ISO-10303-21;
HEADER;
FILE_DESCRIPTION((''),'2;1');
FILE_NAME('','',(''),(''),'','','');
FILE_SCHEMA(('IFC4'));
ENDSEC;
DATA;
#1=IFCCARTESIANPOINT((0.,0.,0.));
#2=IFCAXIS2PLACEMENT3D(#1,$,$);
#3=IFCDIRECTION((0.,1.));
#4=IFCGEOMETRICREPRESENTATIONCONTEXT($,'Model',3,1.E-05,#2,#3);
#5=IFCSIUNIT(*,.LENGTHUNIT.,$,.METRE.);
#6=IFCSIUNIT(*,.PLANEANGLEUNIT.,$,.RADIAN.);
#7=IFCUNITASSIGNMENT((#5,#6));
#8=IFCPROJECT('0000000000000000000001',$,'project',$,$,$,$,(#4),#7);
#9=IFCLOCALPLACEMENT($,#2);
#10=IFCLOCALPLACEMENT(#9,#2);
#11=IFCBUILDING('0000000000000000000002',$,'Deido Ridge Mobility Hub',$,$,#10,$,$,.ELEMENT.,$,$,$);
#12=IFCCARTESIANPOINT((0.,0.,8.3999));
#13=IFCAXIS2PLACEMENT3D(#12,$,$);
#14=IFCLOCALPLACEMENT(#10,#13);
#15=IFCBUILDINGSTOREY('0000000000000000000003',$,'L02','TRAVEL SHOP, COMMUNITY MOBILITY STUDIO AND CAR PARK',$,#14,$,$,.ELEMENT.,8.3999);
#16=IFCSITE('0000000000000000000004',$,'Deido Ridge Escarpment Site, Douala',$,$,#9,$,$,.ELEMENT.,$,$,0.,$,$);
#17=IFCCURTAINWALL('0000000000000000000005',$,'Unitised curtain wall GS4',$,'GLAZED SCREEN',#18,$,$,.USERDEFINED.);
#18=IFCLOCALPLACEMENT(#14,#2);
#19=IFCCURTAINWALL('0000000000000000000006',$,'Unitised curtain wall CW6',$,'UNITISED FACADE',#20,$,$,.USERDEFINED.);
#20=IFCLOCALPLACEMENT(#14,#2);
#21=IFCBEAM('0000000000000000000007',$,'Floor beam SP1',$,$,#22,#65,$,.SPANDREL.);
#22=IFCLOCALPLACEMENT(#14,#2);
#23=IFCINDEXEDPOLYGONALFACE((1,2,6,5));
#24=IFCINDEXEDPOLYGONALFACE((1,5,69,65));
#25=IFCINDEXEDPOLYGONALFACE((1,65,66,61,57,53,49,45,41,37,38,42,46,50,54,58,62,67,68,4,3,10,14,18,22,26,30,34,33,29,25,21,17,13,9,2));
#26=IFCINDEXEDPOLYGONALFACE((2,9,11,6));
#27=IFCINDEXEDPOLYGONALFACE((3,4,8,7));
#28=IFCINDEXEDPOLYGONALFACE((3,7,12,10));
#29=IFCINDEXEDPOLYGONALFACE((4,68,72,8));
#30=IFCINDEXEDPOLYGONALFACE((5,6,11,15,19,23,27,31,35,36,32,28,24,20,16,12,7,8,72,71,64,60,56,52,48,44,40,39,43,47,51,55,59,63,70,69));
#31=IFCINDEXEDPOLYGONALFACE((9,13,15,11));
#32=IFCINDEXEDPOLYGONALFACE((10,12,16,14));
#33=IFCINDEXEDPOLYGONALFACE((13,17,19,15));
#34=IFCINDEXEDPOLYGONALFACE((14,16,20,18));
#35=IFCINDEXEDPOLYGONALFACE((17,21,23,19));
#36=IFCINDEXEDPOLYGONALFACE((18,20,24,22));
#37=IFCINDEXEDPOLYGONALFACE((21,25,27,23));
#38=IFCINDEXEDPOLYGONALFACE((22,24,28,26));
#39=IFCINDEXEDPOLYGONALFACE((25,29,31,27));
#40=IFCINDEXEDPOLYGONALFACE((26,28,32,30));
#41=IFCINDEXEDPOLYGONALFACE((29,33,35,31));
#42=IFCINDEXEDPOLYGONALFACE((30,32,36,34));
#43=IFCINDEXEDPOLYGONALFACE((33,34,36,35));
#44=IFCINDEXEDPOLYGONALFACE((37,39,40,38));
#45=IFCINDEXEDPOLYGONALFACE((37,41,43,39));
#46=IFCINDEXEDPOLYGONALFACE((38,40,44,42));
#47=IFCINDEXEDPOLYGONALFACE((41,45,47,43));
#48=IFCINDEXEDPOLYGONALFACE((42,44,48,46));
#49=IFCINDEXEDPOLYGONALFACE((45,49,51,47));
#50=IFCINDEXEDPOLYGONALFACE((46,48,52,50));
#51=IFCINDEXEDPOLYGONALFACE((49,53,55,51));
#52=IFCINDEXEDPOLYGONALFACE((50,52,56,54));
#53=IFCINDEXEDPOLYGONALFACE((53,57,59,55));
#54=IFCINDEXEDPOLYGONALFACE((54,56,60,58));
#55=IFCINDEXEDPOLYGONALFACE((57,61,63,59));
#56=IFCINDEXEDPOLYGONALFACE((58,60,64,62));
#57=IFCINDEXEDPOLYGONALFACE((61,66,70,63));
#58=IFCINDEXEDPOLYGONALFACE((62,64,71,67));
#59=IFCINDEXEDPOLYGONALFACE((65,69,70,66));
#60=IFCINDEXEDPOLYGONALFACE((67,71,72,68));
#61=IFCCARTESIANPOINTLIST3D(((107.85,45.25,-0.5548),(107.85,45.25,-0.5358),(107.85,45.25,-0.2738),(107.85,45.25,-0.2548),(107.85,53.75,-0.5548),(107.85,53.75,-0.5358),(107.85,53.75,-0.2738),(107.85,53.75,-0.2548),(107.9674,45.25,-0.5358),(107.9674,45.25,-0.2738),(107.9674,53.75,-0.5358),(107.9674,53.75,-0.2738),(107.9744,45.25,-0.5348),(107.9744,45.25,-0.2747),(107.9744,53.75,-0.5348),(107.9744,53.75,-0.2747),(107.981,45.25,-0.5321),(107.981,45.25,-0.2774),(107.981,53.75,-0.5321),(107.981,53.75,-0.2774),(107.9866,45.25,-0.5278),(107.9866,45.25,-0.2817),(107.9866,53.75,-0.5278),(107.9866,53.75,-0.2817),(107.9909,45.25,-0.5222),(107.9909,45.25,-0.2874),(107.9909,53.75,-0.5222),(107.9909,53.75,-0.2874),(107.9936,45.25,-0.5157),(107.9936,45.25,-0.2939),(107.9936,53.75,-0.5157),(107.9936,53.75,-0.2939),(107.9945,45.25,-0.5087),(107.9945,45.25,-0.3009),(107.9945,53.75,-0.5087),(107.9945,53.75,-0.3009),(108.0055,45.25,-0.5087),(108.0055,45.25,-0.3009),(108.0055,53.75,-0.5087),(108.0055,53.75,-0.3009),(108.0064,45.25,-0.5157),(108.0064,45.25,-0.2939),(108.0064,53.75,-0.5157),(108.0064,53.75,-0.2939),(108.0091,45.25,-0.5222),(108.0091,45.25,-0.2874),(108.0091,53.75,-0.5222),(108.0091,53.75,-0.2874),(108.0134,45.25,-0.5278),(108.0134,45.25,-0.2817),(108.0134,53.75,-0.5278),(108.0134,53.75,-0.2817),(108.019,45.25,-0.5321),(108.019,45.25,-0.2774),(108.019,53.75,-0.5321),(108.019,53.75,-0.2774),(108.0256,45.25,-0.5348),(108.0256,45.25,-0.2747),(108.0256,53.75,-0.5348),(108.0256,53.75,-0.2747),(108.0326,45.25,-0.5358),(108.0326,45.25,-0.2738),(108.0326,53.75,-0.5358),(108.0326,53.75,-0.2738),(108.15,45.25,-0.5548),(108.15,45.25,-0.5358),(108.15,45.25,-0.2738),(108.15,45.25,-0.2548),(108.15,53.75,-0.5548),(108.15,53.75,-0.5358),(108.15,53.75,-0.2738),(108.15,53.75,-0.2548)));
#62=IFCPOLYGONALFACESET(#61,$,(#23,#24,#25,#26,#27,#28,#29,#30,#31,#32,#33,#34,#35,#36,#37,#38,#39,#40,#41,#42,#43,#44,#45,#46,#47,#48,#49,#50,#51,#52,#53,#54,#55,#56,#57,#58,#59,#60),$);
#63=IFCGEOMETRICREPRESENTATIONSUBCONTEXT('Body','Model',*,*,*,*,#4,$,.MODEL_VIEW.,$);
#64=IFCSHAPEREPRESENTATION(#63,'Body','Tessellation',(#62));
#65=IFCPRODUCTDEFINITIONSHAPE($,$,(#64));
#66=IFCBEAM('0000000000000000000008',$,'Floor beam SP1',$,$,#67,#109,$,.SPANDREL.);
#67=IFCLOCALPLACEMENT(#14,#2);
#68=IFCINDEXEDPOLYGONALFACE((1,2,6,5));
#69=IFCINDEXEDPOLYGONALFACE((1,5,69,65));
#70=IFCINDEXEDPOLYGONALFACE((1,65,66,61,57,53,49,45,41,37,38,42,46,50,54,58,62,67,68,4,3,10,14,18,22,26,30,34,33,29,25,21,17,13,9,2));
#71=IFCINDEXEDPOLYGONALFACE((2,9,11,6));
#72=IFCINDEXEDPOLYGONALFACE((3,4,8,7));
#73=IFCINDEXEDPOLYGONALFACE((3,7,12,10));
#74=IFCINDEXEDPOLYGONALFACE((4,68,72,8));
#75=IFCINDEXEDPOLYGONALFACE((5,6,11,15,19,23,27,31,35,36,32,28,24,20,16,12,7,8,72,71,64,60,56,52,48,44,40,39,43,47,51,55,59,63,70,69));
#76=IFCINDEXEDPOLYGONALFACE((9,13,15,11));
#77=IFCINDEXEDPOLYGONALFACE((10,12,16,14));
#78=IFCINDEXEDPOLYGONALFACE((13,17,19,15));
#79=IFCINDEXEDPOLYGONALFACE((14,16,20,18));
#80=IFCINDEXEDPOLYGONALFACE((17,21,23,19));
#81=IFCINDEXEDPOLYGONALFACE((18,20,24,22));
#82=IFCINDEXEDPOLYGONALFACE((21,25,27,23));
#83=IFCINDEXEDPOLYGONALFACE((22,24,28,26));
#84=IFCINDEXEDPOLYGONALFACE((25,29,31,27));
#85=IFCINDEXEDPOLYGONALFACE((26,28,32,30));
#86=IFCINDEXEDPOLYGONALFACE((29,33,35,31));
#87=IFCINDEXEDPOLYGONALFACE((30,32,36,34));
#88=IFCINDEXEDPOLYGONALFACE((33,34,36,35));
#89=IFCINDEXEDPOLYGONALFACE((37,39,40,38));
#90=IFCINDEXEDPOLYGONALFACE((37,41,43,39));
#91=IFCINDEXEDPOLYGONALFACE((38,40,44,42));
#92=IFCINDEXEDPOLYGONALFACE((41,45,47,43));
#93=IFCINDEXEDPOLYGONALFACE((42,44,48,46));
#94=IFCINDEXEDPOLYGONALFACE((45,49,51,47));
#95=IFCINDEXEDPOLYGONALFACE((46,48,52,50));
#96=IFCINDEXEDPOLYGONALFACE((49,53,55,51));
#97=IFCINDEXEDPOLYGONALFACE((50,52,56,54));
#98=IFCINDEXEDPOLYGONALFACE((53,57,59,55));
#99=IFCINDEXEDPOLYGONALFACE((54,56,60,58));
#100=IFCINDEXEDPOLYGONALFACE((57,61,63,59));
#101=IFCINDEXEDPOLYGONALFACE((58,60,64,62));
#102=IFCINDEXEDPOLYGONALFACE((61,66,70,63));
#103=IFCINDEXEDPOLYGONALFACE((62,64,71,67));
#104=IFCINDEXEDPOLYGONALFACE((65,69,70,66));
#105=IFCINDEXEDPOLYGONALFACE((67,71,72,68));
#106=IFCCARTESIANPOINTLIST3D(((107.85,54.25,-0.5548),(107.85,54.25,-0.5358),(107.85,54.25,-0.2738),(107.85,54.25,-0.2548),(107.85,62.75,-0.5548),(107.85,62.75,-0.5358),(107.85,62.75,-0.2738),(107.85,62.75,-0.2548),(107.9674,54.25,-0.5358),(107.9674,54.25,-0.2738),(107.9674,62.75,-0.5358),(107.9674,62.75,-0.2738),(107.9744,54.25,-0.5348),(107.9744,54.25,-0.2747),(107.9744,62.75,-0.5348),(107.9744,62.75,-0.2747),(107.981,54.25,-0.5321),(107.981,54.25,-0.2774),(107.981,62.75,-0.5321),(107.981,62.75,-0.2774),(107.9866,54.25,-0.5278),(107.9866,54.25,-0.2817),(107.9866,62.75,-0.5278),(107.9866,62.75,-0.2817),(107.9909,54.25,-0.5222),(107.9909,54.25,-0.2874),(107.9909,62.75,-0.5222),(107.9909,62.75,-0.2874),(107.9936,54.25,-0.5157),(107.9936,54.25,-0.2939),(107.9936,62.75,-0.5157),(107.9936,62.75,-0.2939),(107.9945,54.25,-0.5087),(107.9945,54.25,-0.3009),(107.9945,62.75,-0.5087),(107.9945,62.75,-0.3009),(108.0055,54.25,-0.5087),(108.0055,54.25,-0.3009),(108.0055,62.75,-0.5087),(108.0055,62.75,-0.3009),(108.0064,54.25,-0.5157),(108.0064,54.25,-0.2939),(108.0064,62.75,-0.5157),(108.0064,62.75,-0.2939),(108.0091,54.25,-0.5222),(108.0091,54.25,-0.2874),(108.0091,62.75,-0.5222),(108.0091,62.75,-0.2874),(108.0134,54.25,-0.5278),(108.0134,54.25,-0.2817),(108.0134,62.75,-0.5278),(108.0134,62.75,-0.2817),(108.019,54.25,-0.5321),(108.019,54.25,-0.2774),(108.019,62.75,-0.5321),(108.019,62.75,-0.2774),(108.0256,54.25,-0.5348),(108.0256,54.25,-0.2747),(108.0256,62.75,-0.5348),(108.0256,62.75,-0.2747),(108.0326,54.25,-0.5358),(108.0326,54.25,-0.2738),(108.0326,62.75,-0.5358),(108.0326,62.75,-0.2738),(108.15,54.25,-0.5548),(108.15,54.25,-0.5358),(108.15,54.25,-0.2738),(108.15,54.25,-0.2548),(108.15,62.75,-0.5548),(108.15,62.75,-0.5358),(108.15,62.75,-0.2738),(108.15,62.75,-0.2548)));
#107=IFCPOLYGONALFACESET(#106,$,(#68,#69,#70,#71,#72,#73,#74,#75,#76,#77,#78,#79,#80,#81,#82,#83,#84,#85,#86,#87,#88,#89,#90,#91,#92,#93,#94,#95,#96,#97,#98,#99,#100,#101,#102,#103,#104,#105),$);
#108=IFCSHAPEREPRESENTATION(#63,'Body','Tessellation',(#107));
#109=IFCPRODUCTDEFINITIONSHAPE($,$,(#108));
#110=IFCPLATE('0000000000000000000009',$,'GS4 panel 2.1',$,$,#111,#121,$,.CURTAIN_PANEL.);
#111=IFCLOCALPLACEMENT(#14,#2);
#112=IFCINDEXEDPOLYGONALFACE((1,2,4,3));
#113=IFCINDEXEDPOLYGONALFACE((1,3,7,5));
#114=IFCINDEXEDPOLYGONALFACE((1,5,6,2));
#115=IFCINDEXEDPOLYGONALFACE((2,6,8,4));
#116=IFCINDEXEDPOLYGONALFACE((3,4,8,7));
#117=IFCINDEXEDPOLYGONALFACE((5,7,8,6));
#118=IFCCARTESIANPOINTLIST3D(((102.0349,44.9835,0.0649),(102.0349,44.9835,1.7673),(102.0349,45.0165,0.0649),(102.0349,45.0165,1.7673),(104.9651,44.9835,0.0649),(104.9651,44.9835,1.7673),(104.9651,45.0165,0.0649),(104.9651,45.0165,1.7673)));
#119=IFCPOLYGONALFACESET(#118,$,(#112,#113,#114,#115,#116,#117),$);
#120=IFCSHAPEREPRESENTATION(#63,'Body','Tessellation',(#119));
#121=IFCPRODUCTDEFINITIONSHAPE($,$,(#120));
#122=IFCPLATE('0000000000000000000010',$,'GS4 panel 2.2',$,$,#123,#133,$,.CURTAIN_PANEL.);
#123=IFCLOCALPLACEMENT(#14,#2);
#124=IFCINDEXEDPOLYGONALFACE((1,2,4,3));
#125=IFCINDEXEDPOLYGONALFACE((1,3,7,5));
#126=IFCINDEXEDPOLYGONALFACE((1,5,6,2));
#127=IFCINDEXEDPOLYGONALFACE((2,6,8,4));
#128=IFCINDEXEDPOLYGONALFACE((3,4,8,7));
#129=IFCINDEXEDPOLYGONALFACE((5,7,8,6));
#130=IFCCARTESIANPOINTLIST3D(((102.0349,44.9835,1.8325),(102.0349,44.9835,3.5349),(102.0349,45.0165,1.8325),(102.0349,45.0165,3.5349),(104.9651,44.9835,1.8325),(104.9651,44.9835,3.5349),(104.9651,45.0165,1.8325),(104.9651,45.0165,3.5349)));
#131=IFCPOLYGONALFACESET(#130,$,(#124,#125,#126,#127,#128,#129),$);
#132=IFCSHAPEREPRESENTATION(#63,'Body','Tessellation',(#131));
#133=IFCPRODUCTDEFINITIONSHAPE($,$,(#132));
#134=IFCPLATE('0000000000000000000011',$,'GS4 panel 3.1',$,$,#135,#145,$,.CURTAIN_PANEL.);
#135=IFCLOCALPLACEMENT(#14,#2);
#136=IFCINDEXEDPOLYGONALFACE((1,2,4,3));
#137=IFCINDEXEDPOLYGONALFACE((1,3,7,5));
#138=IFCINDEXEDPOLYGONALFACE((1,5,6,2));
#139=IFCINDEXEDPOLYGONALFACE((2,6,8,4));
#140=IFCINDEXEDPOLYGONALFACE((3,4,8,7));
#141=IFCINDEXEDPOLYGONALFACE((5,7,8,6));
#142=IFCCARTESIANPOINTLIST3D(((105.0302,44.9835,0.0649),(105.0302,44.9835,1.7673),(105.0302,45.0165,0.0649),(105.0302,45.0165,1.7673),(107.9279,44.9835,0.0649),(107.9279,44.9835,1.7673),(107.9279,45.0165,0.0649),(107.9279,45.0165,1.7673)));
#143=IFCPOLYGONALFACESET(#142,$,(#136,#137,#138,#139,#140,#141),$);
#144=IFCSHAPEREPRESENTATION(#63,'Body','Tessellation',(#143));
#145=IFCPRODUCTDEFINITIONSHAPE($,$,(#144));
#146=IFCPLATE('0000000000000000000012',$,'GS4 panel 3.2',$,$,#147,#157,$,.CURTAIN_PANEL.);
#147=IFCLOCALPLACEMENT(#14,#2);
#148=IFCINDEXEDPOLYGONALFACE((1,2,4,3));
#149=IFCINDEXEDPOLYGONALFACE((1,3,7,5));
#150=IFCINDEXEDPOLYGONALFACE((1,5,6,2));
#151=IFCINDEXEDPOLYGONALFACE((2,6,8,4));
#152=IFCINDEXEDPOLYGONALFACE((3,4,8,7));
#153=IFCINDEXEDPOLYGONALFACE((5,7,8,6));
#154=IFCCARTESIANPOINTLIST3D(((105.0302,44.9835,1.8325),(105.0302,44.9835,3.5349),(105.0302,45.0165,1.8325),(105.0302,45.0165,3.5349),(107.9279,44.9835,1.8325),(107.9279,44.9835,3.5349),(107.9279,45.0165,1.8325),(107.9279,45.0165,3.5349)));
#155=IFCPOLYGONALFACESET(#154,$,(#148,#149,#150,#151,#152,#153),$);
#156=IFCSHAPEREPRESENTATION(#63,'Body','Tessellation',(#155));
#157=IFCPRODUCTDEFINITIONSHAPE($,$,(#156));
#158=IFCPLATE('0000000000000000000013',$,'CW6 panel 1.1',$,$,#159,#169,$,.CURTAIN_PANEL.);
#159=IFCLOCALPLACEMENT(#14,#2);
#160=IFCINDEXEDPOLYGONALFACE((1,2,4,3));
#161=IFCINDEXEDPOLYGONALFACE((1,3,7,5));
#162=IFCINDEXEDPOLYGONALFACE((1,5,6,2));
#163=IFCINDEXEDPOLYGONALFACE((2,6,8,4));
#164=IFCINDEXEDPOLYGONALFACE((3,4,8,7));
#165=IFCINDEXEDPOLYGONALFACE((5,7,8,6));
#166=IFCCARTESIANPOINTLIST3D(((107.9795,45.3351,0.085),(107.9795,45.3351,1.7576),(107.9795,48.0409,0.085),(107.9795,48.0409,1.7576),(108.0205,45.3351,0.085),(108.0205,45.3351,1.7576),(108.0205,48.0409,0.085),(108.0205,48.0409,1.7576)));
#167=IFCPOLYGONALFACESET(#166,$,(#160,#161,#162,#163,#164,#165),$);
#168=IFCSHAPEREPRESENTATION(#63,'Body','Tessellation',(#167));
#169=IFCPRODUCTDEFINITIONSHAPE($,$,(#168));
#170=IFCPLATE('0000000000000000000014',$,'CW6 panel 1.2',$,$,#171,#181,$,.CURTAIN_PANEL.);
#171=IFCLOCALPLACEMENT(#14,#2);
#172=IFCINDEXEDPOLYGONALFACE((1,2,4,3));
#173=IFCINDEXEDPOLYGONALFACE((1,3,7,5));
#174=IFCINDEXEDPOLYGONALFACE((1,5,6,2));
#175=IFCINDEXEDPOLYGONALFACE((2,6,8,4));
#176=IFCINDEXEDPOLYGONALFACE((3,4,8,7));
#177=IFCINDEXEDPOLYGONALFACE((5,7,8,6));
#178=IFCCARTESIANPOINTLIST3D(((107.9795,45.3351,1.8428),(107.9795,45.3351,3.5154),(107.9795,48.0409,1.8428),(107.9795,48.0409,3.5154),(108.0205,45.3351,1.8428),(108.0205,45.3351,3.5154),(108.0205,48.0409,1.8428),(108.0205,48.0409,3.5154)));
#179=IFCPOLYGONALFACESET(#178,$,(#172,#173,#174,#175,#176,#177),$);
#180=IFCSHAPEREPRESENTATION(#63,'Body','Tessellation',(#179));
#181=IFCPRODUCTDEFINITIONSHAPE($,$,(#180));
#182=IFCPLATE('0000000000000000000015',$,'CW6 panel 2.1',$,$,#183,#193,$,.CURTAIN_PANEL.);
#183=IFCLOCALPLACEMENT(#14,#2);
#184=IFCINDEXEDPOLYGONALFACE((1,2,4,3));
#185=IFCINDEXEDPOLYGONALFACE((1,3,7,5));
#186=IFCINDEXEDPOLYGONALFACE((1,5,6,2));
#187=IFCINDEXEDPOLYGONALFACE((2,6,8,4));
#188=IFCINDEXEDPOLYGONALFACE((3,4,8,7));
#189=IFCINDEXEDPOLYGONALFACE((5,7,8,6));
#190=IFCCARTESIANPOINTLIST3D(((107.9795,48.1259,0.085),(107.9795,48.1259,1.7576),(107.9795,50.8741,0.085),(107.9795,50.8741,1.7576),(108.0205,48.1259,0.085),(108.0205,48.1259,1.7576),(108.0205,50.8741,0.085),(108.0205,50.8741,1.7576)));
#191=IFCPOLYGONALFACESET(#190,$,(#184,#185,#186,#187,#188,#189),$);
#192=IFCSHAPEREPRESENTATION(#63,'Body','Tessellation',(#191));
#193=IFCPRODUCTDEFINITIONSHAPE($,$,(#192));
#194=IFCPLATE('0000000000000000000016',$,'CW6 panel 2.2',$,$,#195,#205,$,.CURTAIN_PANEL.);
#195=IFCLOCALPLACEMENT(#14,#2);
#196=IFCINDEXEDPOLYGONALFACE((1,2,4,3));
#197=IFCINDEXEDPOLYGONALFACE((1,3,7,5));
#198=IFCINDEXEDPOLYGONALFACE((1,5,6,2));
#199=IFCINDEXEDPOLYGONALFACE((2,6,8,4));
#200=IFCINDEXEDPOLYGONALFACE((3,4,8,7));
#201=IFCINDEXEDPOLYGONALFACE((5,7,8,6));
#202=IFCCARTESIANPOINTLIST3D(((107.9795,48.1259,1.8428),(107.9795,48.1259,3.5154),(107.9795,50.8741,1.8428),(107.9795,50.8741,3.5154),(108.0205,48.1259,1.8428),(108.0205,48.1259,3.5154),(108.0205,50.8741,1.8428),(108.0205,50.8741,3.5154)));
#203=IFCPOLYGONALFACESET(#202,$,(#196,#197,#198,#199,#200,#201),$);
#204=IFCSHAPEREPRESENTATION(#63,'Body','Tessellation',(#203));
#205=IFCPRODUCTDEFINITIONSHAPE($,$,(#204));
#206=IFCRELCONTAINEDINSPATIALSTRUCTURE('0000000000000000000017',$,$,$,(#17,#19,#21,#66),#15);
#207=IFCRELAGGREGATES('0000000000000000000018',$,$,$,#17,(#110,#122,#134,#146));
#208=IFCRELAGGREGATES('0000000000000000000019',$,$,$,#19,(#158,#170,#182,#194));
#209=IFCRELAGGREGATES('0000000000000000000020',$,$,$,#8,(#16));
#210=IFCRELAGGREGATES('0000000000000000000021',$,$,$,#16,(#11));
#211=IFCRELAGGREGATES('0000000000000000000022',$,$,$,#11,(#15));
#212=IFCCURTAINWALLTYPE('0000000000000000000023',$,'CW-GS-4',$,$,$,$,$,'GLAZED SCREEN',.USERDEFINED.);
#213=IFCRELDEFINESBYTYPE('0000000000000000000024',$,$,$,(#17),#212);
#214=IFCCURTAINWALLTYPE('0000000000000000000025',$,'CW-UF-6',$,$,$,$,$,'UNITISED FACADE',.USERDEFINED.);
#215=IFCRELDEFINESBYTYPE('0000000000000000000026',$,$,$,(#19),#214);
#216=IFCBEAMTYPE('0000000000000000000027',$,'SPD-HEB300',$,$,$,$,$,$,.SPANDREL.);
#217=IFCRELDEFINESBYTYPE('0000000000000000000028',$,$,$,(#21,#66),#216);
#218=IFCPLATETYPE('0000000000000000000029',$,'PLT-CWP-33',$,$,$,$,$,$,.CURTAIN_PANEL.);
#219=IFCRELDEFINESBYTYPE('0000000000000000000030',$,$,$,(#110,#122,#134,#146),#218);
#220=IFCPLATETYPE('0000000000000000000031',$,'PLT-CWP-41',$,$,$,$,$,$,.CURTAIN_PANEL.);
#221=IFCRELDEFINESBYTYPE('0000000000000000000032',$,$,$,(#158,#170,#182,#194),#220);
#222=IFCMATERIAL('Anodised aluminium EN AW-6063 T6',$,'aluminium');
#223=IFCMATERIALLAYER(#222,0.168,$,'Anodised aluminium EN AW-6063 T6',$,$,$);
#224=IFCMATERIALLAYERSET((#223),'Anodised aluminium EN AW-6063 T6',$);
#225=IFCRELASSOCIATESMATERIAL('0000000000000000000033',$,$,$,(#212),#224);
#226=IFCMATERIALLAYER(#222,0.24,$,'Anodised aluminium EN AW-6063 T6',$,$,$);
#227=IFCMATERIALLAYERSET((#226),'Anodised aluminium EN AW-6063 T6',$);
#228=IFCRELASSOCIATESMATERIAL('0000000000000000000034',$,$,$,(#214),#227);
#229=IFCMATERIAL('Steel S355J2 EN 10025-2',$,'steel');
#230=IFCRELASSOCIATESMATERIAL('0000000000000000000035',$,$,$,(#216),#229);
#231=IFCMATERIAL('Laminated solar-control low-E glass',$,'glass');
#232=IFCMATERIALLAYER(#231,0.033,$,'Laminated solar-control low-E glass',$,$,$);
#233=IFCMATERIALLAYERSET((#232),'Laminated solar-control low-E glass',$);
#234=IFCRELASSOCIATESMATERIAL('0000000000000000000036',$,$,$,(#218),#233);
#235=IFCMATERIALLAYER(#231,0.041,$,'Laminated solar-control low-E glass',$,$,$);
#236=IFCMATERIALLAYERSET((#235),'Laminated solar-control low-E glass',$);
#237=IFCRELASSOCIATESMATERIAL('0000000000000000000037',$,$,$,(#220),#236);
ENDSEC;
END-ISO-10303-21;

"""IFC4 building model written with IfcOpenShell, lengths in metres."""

from ifc_helpers import new_model, si_unit, direction, frame, origin, origin_2d, place, context, subcontext, project, spatial, rectangle, i_section, extrude, material, layer, layer_set, material_profile, profile_set, type_object, element, aggregate, save


model = new_model("IFC4")

# Units and contexts
model_context = context("Model", 3, precision=1e-05, world=origin(), true_north=direction((0.0, 1.0)))
body_context = subcontext(model_context, "Body", "Model", "MODEL_VIEW")
ifc_project = project(units=[si_unit("LENGTHUNIT", "METRE"), si_unit("PLANEANGLEUNIT", "RADIAN")], contexts=[model_context])

# Site, building, storey
site_placement = place(None, origin())
site = spatial("IfcSite", under=ifc_project, at=site_placement, Name="Deido Ridge Escarpment Site, Douala", CompositionType="ELEMENT", RefElevation=0.0)
building_placement = place(site_placement, origin())
building = spatial("IfcBuilding", under=site, at=building_placement, Name="Deido Ridge Mobility Hub", CompositionType="ELEMENT")
storey_placement = place(building_placement, frame((0.0, 0.0, 8.3999)))
storey = spatial("IfcBuildingStorey", under=building, at=storey_placement, Name="L02", Description="TRAVEL SHOP, COMMUNITY MOBILITY STUDIO AND CAR PARK", CompositionType="ELEMENT", Elevation=8.3999)

# Shared definitions
ifc_material_1 = material(Name="Steel S355J2 EN 10025-2", Category="steel")

# Curtain walls
ifc_material_2 = material(Name="Anodised aluminium EN AW-6063 T6", Category="aluminium")
ifc_layer_1 = layer(ifc_material_2, 0.168, Name="Anodised aluminium EN AW-6063 T6")
ifc_layer_set_1 = layer_set([ifc_layer_1], Name="Anodised aluminium EN AW-6063 T6")
curtain_wall_type_1 = type_object("IfcCurtainWallType", Name="CW-GS-4", ElementType="GLAZED SCREEN", PredefinedType="USERDEFINED", material=ifc_layer_set_1)
curtain_wall_1_placement = place(storey_placement, origin())
curtain_wall_1 = element("IfcCurtainWall", 1, at=curtain_wall_1_placement, inside=storey, type_object=curtain_wall_type_1, Name="Unitised curtain wall GS4", ObjectType="GLAZED SCREEN", PredefinedType="USERDEFINED")
ifc_layer_2 = layer(ifc_material_2, 0.24, Name="Anodised aluminium EN AW-6063 T6")
ifc_layer_set_2 = layer_set([ifc_layer_2], Name="Anodised aluminium EN AW-6063 T6")
curtain_wall_type_2 = type_object("IfcCurtainWallType", Name="CW-UF-6", ElementType="UNITISED FACADE", PredefinedType="USERDEFINED", material=ifc_layer_set_2)
curtain_wall_2_placement = place(storey_placement, origin())
curtain_wall_2 = element("IfcCurtainWall", 2, at=curtain_wall_2_placement, inside=storey, type_object=curtain_wall_type_2, Name="Unitised curtain wall CW6", ObjectType="UNITISED FACADE", PredefinedType="USERDEFINED")

# Beams
ifc_material_profile_1 = material_profile(ifc_material_1, i_section(OverallWidth=0.3, OverallDepth=0.3, WebThickness=0.011, FlangeThickness=0.019, FilletRadius=0.0271, at=origin_2d()), Name="HEB 300")
ifc_profile_set_1 = profile_set([ifc_material_profile_1], Name="Steel S355J2 EN 10025-2")
beam_type_1 = type_object("IfcBeamType", Name="SPD-HEB300", PredefinedType="SPANDREL", material=ifc_profile_set_1)
for number, where, z_axis, x_axis, name in (
    (3, (108.0, 45.25, -0.4048), (0.0, 1.0, 0.0), (-1.0, 0.0, 0.0), "Floor beam SP1"),
    (4, (108.0, 54.25, -0.4048), (0.0, 1.0, 0.0), (-1.0, 0.0, 0.0), "Floor beam SP1"),
):
    element("IfcBeam", number, at=place(storey_placement, frame(where, z_axis=z_axis, x_axis=x_axis)), inside=storey, type_object=beam_type_1, Name=name, PredefinedType="SPANDREL", context=body_context, shape_type="SweptSolid", body=[
        extrude(i_section(OverallWidth=0.3, OverallDepth=0.3, WebThickness=0.011, FlangeThickness=0.019, FilletRadius=0.0271, at=origin_2d()), origin(), (0.0, 0.0, 1.0), 8.5),
    ])

# Plates
ifc_material_3 = material(Name="Laminated solar-control low-E glass", Category="glass")
ifc_layer_3 = layer(ifc_material_3, 0.033, Name="Laminated solar-control low-E glass")
ifc_layer_set_3 = layer_set([ifc_layer_3], Name="Laminated solar-control low-E glass")
plate_type_1 = type_object("IfcPlateType", Name="PLT-CWP-33", PredefinedType="CURTAIN_PANEL", material=ifc_layer_set_3)
plate_1_placement = place(storey_placement, frame((103.5, 45.0, 0.0649), z_axis=(0.0, 0.0, 1.0), x_axis=(1.0, 0.0, 0.0)))
plate_1 = element("IfcPlate", 5, at=plate_1_placement, type_object=plate_type_1, Name="GS4 panel 2.1", PredefinedType="CURTAIN_PANEL", context=body_context, shape_type="SweptSolid", body=[
    extrude(rectangle(XDim=2.9302, YDim=0.033, at=origin_2d()), origin(), (0.0, 0.0, 1.0), 1.7024),
])
plate_2_placement = place(storey_placement, frame((103.5, 45.0, 1.8325), z_axis=(0.0, 0.0, 1.0), x_axis=(1.0, 0.0, 0.0)))
plate_2 = element("IfcPlate", 6, at=plate_2_placement, type_object=plate_type_1, Name="GS4 panel 2.2", PredefinedType="CURTAIN_PANEL", context=body_context, shape_type="SweptSolid", body=[
    extrude(rectangle(XDim=2.9302, YDim=0.033, at=origin_2d()), origin(), (0.0, 0.0, 1.0), 1.7024),
])
plate_3_placement = place(storey_placement, frame((106.479, 45.0, 0.0649), z_axis=(0.0, 0.0, 1.0), x_axis=(1.0, 0.0, 0.0)))
plate_3 = element("IfcPlate", 7, at=plate_3_placement, type_object=plate_type_1, Name="GS4 panel 3.1", PredefinedType="CURTAIN_PANEL", context=body_context, shape_type="SweptSolid", body=[
    extrude(rectangle(XDim=2.8977, YDim=0.033, at=origin_2d()), origin(), (0.0, 0.0, 1.0), 1.7024),
])
plate_4_placement = place(storey_placement, frame((106.479, 45.0, 1.8325), z_axis=(0.0, 0.0, 1.0), x_axis=(1.0, 0.0, 0.0)))
plate_4 = element("IfcPlate", 8, at=plate_4_placement, type_object=plate_type_1, Name="GS4 panel 3.2", PredefinedType="CURTAIN_PANEL", context=body_context, shape_type="SweptSolid", body=[
    extrude(rectangle(XDim=2.8977, YDim=0.033, at=origin_2d()), origin(), (0.0, 0.0, 1.0), 1.7024),
])
aggregate(curtain_wall_1, [plate_1, plate_2, plate_3, plate_4])
ifc_layer_4 = layer(ifc_material_3, 0.041, Name="Laminated solar-control low-E glass")
ifc_layer_set_4 = layer_set([ifc_layer_4], Name="Laminated solar-control low-E glass")
plate_type_2 = type_object("IfcPlateType", Name="PLT-CWP-41", PredefinedType="CURTAIN_PANEL", material=ifc_layer_set_4)
plate_5_placement = place(storey_placement, frame((108.0, 46.688, 0.085), z_axis=(0.0, 0.0, 1.0), x_axis=(0.0, 1.0, 0.0)))
plate_5 = element("IfcPlate", 9, at=plate_5_placement, type_object=plate_type_2, Name="CW6 panel 1.1", PredefinedType="CURTAIN_PANEL", context=body_context, shape_type="SweptSolid", body=[
    extrude(rectangle(XDim=2.7058, YDim=0.041, at=origin_2d()), origin(), (0.0, 0.0, 1.0), 1.6726),
])
plate_6_placement = place(storey_placement, frame((108.0, 46.688, 1.8428), z_axis=(0.0, 0.0, 1.0), x_axis=(0.0, 1.0, 0.0)))
plate_6 = element("IfcPlate", 10, at=plate_6_placement, type_object=plate_type_2, Name="CW6 panel 1.2", PredefinedType="CURTAIN_PANEL", context=body_context, shape_type="SweptSolid", body=[
    extrude(rectangle(XDim=2.7058, YDim=0.041, at=origin_2d()), origin(), (0.0, 0.0, 1.0), 1.6726),
])
plate_7_placement = place(storey_placement, frame((108.0, 49.5, 0.085), z_axis=(0.0, 0.0, 1.0), x_axis=(0.0, 1.0, 0.0)))
plate_7 = element("IfcPlate", 11, at=plate_7_placement, type_object=plate_type_2, Name="CW6 panel 2.1", PredefinedType="CURTAIN_PANEL", context=body_context, shape_type="SweptSolid", body=[
    extrude(rectangle(XDim=2.7483, YDim=0.041, at=origin_2d()), origin(), (0.0, 0.0, 1.0), 1.6726),
])
plate_8_placement = place(storey_placement, frame((108.0, 49.5, 1.8428), z_axis=(0.0, 0.0, 1.0), x_axis=(0.0, 1.0, 0.0)))
plate_8 = element("IfcPlate", 12, at=plate_8_placement, type_object=plate_type_2, Name="CW6 panel 2.2", PredefinedType="CURTAIN_PANEL", context=body_context, shape_type="SweptSolid", body=[
    extrude(rectangle(XDim=2.7483, YDim=0.041, at=origin_2d()), origin(), (0.0, 0.0, 1.0), 1.6726),
])
aggregate(curtain_wall_2, [plate_5, plate_6, plate_7, plate_8])

save(model, "model.ifc")
